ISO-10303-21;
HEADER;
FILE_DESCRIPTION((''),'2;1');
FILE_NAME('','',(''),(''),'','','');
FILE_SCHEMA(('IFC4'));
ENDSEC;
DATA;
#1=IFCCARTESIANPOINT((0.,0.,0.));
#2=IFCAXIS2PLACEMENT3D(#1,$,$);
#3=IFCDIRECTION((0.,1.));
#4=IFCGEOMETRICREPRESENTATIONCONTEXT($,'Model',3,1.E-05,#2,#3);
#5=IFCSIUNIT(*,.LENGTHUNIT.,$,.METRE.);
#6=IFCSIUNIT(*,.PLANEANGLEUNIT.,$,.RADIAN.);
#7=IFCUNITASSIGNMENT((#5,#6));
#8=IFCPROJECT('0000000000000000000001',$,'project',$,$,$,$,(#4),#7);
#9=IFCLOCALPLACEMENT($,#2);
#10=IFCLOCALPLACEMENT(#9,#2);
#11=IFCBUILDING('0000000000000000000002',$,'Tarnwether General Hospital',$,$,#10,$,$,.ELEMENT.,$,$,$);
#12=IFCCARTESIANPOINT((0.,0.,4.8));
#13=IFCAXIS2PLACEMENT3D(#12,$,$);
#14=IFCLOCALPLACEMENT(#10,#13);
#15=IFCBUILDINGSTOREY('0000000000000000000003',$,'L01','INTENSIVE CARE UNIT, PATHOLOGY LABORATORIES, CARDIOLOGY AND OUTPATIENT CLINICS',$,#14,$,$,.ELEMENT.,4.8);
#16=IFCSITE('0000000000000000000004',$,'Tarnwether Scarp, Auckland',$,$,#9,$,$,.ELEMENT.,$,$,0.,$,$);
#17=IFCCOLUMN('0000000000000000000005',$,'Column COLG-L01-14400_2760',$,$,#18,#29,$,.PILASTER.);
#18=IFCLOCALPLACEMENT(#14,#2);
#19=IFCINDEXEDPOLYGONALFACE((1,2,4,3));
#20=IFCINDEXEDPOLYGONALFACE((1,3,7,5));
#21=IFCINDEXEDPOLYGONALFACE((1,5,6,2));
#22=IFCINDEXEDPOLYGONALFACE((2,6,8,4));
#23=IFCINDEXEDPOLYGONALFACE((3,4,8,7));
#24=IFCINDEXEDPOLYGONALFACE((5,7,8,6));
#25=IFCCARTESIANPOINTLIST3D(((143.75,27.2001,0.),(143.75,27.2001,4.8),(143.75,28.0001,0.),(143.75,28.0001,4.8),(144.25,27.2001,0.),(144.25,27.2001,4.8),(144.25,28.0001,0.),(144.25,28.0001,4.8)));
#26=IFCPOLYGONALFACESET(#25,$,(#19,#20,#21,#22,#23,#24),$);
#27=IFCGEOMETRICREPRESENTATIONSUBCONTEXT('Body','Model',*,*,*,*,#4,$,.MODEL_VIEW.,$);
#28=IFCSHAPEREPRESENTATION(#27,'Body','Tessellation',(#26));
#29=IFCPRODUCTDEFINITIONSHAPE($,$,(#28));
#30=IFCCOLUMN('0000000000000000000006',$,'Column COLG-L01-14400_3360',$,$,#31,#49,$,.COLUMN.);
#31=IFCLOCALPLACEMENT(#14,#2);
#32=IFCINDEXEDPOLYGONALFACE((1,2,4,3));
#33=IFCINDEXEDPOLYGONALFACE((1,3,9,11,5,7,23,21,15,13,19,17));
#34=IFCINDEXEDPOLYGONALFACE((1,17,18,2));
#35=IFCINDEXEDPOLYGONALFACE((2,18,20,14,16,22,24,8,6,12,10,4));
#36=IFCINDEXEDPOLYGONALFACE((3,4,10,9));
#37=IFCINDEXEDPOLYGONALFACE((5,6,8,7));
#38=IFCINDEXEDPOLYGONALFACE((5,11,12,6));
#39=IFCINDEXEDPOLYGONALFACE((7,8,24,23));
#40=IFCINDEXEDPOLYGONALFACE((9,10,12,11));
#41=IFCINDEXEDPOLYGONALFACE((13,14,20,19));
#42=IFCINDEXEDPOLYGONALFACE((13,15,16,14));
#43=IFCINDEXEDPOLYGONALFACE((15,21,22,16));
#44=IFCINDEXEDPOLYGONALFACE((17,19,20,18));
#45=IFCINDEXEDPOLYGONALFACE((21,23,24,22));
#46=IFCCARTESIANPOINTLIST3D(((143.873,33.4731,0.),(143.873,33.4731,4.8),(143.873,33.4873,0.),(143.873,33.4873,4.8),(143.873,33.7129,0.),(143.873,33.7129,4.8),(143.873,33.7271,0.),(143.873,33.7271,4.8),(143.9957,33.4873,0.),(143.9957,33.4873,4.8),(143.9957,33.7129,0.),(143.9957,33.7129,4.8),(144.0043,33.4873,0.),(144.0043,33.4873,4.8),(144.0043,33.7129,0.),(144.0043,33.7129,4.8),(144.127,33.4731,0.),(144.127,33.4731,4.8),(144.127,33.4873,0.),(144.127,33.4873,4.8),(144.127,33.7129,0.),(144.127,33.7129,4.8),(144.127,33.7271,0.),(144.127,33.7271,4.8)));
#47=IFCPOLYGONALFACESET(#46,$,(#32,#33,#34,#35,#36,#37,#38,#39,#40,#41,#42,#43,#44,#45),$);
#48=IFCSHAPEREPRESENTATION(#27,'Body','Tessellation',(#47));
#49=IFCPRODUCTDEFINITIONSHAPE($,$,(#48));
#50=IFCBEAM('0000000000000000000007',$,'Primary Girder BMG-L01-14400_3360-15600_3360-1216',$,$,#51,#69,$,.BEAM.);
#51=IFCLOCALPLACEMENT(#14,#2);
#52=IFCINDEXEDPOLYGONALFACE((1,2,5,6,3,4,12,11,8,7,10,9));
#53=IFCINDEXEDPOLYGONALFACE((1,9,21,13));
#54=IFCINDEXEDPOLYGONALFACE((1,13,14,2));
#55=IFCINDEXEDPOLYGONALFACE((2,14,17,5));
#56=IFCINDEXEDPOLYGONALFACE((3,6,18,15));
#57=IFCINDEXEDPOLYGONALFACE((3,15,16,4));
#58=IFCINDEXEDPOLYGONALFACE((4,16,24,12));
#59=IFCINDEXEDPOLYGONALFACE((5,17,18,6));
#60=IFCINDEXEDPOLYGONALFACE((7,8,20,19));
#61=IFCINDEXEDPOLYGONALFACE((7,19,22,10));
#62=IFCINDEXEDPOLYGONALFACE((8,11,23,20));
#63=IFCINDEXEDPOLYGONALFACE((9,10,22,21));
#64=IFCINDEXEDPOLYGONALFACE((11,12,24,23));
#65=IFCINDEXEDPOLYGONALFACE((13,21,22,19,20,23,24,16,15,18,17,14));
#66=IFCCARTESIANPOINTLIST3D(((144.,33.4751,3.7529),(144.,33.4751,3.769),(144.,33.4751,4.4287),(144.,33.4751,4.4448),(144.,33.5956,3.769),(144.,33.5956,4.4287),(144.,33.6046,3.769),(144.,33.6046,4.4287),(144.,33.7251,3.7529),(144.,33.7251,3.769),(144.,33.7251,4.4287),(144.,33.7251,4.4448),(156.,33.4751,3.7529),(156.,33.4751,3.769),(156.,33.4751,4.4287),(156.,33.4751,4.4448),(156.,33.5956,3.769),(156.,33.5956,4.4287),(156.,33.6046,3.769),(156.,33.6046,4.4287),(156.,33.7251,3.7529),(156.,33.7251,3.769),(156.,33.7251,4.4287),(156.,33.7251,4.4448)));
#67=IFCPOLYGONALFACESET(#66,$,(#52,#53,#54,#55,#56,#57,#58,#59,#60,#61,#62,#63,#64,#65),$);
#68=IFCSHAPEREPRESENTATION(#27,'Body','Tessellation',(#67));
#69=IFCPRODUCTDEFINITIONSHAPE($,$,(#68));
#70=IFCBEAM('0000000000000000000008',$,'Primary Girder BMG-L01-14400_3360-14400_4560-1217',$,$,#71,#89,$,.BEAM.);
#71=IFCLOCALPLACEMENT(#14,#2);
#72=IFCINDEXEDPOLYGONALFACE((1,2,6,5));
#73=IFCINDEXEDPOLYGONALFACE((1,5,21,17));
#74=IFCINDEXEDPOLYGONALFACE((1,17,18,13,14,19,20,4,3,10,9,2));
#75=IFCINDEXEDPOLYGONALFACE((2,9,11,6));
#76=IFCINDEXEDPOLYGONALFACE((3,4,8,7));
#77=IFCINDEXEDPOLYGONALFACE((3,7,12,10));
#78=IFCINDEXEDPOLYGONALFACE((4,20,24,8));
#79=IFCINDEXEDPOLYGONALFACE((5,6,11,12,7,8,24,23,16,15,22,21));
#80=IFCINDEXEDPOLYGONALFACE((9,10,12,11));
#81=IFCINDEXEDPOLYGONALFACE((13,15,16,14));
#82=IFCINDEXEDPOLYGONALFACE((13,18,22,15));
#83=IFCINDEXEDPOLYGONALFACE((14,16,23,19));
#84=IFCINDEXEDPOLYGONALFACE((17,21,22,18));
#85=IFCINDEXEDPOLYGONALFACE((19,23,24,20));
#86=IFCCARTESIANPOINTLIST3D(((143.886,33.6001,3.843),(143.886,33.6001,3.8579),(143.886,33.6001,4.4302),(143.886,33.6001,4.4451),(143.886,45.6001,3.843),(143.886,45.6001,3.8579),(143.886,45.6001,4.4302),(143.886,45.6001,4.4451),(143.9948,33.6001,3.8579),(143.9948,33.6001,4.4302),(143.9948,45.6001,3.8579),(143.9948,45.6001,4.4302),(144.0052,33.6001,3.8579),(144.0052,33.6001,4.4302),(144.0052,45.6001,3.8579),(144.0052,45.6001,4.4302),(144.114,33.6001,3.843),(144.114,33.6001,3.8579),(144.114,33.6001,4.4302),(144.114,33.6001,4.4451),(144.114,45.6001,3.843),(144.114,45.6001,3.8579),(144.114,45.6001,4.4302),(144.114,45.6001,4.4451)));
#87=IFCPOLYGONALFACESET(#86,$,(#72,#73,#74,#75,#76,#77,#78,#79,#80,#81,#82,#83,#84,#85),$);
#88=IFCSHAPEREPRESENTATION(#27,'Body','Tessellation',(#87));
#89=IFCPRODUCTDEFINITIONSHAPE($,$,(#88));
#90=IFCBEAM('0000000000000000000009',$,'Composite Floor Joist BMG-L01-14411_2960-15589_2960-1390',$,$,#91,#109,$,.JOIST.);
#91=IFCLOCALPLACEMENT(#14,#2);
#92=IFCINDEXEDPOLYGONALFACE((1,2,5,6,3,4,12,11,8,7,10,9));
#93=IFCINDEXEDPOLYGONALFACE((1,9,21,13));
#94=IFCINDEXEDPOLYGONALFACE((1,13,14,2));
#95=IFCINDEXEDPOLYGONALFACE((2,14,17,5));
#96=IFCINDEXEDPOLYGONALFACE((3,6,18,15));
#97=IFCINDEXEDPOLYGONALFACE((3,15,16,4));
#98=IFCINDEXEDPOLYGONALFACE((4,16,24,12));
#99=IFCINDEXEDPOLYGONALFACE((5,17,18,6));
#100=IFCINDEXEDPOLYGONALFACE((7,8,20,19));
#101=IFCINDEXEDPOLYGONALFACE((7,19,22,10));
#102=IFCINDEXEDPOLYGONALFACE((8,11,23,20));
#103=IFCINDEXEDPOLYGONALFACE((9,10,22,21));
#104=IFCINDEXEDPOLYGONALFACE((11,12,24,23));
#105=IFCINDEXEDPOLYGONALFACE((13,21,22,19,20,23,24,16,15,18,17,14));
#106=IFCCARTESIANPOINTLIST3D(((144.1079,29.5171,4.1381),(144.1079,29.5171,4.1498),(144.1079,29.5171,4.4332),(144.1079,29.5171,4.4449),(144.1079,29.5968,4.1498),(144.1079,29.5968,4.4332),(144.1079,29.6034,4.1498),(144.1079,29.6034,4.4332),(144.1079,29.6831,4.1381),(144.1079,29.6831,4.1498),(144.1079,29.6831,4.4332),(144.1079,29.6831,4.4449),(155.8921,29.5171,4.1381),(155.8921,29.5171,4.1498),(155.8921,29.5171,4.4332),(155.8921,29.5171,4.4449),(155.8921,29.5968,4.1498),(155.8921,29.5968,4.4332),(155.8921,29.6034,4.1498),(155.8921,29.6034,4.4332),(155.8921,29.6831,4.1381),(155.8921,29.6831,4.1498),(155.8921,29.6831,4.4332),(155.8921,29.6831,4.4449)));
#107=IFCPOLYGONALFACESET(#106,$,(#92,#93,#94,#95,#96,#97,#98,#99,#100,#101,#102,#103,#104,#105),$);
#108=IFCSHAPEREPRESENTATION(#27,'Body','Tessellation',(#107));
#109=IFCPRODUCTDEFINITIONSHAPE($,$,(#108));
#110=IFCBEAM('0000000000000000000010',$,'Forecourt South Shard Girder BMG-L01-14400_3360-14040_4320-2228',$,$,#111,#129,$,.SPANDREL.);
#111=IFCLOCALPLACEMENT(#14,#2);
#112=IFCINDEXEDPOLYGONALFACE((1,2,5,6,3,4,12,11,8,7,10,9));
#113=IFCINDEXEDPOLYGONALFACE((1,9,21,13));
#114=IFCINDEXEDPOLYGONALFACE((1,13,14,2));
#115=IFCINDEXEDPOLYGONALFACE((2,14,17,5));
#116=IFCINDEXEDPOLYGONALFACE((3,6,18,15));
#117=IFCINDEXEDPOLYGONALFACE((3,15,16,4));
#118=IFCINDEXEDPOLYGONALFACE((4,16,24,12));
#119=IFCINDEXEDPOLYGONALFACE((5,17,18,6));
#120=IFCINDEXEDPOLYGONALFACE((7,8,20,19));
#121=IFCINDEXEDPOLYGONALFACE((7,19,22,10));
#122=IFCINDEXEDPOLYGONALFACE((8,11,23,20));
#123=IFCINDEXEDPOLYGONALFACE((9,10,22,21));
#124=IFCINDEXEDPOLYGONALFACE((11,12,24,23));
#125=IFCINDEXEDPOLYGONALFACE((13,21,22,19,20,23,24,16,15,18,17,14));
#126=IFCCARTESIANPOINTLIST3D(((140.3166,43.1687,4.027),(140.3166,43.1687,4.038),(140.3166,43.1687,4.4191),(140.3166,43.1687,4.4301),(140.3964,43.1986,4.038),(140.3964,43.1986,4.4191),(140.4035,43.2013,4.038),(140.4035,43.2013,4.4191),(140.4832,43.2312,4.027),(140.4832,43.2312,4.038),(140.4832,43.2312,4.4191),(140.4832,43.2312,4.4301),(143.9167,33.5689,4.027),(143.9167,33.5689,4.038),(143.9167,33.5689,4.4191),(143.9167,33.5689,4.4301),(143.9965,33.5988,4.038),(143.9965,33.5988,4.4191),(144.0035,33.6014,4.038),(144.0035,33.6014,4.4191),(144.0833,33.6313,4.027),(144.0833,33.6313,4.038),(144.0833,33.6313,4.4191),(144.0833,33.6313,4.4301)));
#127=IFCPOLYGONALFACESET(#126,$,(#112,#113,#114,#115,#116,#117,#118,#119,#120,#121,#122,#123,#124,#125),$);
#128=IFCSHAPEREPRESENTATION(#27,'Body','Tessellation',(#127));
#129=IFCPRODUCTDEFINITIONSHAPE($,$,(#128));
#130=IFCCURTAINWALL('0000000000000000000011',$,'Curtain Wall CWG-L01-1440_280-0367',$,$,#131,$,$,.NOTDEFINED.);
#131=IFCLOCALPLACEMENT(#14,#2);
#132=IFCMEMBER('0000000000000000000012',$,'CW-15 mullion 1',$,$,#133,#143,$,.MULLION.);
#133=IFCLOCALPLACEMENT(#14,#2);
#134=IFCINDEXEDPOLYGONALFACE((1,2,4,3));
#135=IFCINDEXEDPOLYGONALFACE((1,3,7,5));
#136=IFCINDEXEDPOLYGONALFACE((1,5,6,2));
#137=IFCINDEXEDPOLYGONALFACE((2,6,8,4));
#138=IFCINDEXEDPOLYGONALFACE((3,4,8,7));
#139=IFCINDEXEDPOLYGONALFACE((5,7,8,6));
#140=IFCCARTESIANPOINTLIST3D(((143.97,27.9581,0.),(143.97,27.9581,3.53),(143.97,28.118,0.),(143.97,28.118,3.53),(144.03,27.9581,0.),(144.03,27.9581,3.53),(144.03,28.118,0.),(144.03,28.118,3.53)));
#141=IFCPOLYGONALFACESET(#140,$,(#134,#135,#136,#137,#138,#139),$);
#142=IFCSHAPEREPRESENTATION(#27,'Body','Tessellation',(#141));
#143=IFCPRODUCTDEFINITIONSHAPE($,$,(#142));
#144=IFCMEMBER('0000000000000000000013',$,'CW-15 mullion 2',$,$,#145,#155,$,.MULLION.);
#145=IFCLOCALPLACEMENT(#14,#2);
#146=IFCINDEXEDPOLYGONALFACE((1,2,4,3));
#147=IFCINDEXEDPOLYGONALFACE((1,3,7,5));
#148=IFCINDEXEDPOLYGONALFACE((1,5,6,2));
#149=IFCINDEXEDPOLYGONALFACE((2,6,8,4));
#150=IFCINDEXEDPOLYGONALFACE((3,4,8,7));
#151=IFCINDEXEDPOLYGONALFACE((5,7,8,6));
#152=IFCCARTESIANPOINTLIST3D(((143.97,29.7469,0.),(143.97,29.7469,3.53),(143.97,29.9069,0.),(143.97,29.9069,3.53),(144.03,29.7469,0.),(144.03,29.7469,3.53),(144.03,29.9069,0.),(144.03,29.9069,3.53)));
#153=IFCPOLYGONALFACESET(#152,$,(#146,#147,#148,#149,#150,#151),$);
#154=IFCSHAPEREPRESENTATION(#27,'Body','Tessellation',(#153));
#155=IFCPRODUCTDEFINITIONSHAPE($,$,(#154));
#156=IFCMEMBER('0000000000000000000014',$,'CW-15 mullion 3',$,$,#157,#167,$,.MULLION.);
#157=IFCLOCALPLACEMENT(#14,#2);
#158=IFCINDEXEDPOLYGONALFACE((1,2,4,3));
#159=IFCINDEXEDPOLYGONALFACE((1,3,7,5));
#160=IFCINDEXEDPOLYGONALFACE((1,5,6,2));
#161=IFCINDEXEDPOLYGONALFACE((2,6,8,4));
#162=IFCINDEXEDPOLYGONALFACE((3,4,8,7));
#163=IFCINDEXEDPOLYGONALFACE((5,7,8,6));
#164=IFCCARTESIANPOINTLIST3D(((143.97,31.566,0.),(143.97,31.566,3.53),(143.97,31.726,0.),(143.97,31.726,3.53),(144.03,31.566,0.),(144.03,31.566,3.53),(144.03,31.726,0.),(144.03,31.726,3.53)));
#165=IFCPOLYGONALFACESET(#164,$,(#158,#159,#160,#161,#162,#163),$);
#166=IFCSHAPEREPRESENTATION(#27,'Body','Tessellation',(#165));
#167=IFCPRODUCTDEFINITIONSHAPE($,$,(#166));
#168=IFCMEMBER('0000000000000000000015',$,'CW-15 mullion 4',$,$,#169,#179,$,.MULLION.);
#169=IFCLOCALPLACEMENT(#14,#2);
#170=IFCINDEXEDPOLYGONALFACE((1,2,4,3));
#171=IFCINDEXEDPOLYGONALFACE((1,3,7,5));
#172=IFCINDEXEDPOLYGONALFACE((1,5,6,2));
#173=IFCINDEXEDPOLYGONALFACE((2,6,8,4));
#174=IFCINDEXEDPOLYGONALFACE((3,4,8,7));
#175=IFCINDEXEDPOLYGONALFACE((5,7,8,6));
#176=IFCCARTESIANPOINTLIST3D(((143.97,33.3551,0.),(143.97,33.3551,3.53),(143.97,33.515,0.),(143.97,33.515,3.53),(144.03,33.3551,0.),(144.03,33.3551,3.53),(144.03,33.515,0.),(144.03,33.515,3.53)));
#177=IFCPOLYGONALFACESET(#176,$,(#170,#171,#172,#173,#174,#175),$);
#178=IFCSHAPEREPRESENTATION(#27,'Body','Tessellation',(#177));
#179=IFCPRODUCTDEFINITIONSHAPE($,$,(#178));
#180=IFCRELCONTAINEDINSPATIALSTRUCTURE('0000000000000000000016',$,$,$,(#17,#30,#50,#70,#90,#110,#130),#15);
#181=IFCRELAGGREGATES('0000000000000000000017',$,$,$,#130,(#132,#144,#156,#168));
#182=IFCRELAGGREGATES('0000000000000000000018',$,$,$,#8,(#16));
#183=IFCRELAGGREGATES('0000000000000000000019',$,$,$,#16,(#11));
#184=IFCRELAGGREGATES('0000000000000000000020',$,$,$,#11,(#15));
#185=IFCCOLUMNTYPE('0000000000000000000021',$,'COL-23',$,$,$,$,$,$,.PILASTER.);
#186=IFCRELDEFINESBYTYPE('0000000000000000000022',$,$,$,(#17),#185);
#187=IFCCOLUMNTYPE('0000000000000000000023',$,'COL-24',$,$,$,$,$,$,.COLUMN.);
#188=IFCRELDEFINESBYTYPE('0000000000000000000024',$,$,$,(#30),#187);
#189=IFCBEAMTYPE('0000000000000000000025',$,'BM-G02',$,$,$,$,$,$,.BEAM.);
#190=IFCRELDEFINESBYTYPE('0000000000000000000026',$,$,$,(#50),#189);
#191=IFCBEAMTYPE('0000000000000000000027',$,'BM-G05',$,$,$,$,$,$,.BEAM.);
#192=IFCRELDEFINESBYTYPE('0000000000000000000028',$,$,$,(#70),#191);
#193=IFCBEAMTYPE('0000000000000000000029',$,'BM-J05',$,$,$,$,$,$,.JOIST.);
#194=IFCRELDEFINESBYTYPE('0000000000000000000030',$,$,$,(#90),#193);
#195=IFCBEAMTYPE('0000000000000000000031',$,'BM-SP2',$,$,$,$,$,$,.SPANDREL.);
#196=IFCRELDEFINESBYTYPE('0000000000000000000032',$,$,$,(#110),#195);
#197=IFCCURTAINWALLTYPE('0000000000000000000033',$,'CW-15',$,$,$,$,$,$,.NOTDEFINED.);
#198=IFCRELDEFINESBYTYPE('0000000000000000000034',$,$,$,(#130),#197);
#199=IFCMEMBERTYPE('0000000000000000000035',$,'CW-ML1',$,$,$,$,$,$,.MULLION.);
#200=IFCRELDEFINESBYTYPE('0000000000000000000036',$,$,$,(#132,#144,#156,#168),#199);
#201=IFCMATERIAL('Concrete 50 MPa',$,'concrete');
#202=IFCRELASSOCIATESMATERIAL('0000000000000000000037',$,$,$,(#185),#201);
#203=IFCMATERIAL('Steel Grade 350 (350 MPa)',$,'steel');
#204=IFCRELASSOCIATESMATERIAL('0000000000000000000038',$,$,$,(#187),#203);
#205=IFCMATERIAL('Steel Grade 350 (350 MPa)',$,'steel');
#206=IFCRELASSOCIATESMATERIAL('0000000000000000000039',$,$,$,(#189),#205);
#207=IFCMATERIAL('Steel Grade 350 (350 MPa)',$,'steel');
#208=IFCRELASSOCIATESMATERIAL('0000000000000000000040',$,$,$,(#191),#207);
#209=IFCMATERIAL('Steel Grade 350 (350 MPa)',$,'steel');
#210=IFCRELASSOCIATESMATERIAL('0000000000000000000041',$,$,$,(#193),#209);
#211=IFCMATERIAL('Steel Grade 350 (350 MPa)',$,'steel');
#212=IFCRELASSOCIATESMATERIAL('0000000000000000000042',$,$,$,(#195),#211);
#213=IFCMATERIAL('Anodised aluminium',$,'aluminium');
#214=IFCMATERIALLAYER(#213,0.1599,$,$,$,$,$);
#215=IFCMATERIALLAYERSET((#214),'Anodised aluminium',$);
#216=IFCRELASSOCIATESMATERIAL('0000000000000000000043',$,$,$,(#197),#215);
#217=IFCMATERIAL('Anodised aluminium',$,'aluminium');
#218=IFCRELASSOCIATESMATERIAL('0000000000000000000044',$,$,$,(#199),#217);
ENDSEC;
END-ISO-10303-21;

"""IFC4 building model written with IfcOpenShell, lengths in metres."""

from ifc_helpers import new_model, si_unit, direction, frame, origin, origin_2d, place, context, subcontext, project, spatial, rectangle, i_section, extrude, material, layer, layer_set, material_profile, profile_set, type_object, element, aggregate, save


model = new_model("IFC4")

# Units and contexts
model_context = context("Model", 3, precision=1e-05, world=origin(), true_north=direction((0.0, 1.0)))
body_context = subcontext(model_context, "Body", "Model", "MODEL_VIEW")
ifc_project = project(units=[si_unit("LENGTHUNIT", "METRE"), si_unit("PLANEANGLEUNIT", "RADIAN")], contexts=[model_context])

# Site, building, storey
site_placement = place(None, origin())
site = spatial("IfcSite", under=ifc_project, at=site_placement, Name="Tarnwether Scarp, Auckland", CompositionType="ELEMENT", RefElevation=0.0)
building_placement = place(site_placement, origin())
building = spatial("IfcBuilding", under=site, at=building_placement, Name="Tarnwether General Hospital", CompositionType="ELEMENT")
storey_placement = place(building_placement, frame((0.0, 0.0, 4.8)))
storey = spatial("IfcBuildingStorey", under=building, at=storey_placement, Name="L01", Description="INTENSIVE CARE UNIT, PATHOLOGY LABORATORIES, CARDIOLOGY AND OUTPATIENT CLINICS", CompositionType="ELEMENT", Elevation=4.8)

# Columns
ifc_material_1 = material(Name="Concrete 50 MPa", Category="concrete")
ifc_material_profile_1 = material_profile(ifc_material_1, rectangle(XDim=0.5, YDim=0.8, at=origin_2d()), Name="RC-PIL-500x800")
ifc_profile_set_1 = profile_set([ifc_material_profile_1], Name="Concrete 50 MPa")
column_type_1 = type_object("IfcColumnType", Name="COL-23", PredefinedType="PILASTER", material=ifc_profile_set_1)
column_1_placement = place(storey_placement, frame((144.0, 27.6001, 0.0), z_axis=(0.0, 0.0, 1.0), x_axis=(1.0, 0.0, 0.0)))
element("IfcColumn", 1, at=column_1_placement, inside=storey, type_object=column_type_1, Name="Column COLG-L01-14400_2760", PredefinedType="PILASTER", context=body_context, shape_type="SweptSolid", body=[
    extrude(rectangle(XDim=0.5, YDim=0.8, at=origin_2d()), origin(), (0.0, 0.0, 1.0), 4.8),
])
ifc_material_2 = material(Name="Steel Grade 350 (350 MPa)", Category="steel")
ifc_material_profile_2 = material_profile(ifc_material_2, i_section(OverallWidth=0.2539, OverallDepth=0.2539, WebThickness=0.0085, FlangeThickness=0.0142, at=origin_2d()), Name="250UC72.9")
ifc_profile_set_2 = profile_set([ifc_material_profile_2], Name="Steel Grade 350 (350 MPa)")
column_type_2 = type_object("IfcColumnType", Name="COL-24", PredefinedType="COLUMN", material=ifc_profile_set_2)
column_2_placement = place(storey_placement, frame((144.0, 33.6001, 0.0), z_axis=(0.0, 0.0, 1.0), x_axis=(1.0, 0.0, 0.0)))
element("IfcColumn", 2, at=column_2_placement, inside=storey, type_object=column_type_2, Name="Column COLG-L01-14400_3360", PredefinedType="COLUMN", context=body_context, shape_type="SweptSolid", body=[
    extrude(i_section(OverallWidth=0.2539, OverallDepth=0.2539, WebThickness=0.0085, FlangeThickness=0.0142, at=origin_2d()), origin(), (0.0, 0.0, 1.0), 4.8),
])

# Beams
ifc_material_3 = material(Name="Steel Grade 350 (350 MPa)", Category="steel")
ifc_material_profile_3 = material_profile(ifc_material_3, i_section(OverallWidth=0.25, OverallDepth=0.6919, WebThickness=0.009, FlangeThickness=0.0161, at=origin_2d()), Name="700WB115")
ifc_profile_set_3 = profile_set([ifc_material_profile_3], Name="Steel Grade 350 (350 MPa)")
beam_type_1 = type_object("IfcBeamType", Name="BM-G02", PredefinedType="BEAM", material=ifc_profile_set_3)
beam_1_placement = place(storey_placement, frame((144.0, 33.6001, 4.0989), z_axis=(1.0, 0.0, 0.0), x_axis=(0.0, 1.0, 0.0)))
element("IfcBeam", 3, at=beam_1_placement, inside=storey, type_object=beam_type_1, Name="Primary Girder BMG-L01-14400_3360-15600_3360-1216", PredefinedType="BEAM", context=body_context, shape_type="SweptSolid", body=[
    extrude(i_section(OverallWidth=0.25, OverallDepth=0.6919, WebThickness=0.009, FlangeThickness=0.0161, at=origin_2d()), origin(), (0.0, 0.0, 1.0), 12.0),
])
ifc_material_4 = material(Name="Steel Grade 350 (350 MPa)", Category="steel")
ifc_material_profile_4 = material_profile(ifc_material_4, i_section(OverallWidth=0.228, OverallDepth=0.6021, WebThickness=0.0105, FlangeThickness=0.0149, at=origin_2d()), Name="610UB101")
ifc_profile_set_4 = profile_set([ifc_material_profile_4], Name="Steel Grade 350 (350 MPa)")
beam_type_2 = type_object("IfcBeamType", Name="BM-G05", PredefinedType="BEAM", material=ifc_profile_set_4)
beam_2_placement = place(storey_placement, frame((144.0, 33.6001, 4.144), z_axis=(0.0, 1.0, 0.0), x_axis=(-1.0, 0.0, 0.0)))
element("IfcBeam", 4, at=beam_2_placement, inside=storey, type_object=beam_type_2, Name="Primary Girder BMG-L01-14400_3360-14400_4560-1217", PredefinedType="BEAM", context=body_context, shape_type="SweptSolid", body=[
    extrude(i_section(OverallWidth=0.228, OverallDepth=0.6021, WebThickness=0.0105, FlangeThickness=0.0149, at=origin_2d()), origin(), (0.0, 0.0, 1.0), 12.0),
])
ifc_material_5 = material(Name="Steel Grade 350 (350 MPa)", Category="steel")
ifc_material_profile_5 = material_profile(ifc_material_5, i_section(OverallWidth=0.166, OverallDepth=0.3069, WebThickness=0.0066, FlangeThickness=0.0117, at=origin_2d()), Name="310UB46.2")
ifc_profile_set_5 = profile_set([ifc_material_profile_5], Name="Steel Grade 350 (350 MPa)")
beam_type_3 = type_object("IfcBeamType", Name="BM-J05", PredefinedType="JOIST", material=ifc_profile_set_5)
beam_3_placement = place(storey_placement, frame((144.1079, 29.6001, 4.2915), z_axis=(1.0, 0.0, 0.0), x_axis=(0.0, 1.0, 0.0)))
element("IfcBeam", 5, at=beam_3_placement, inside=storey, type_object=beam_type_3, Name="Composite Floor Joist BMG-L01-14411_2960-15589_2960-1390", PredefinedType="JOIST", context=body_context, shape_type="SweptSolid", body=[
    extrude(i_section(OverallWidth=0.166, OverallDepth=0.3069, WebThickness=0.0066, FlangeThickness=0.0117, at=origin_2d()), origin(), (0.0, 0.0, 1.0), 11.7842),
])
ifc_material_6 = material(Name="Steel Grade 350 (350 MPa)", Category="steel")
ifc_material_profile_6 = material_profile(ifc_material_6, i_section(OverallWidth=0.178, OverallDepth=0.4031, WebThickness=0.0076, FlangeThickness=0.011, at=origin_2d()), Name="410UB53.7")
ifc_profile_set_6 = profile_set([ifc_material_profile_6], Name="Steel Grade 350 (350 MPa)")
beam_type_4 = type_object("IfcBeamType", Name="BM-SP2", PredefinedType="SPANDREL", material=ifc_profile_set_6)
beam_4_placement = place(storey_placement, frame((144.0, 33.6001, 4.2285), z_axis=(-0.351136, 0.936324, 0.0), x_axis=(-0.936324, -0.351136, 0.0)))
element("IfcBeam", 6, at=beam_4_placement, inside=storey, type_object=beam_type_4, Name="Forecourt South Shard Girder BMG-L01-14400_3360-14040_4320-2228", PredefinedType="SPANDREL", context=body_context, shape_type="SweptSolid", body=[
    extrude(i_section(OverallWidth=0.178, OverallDepth=0.4031, WebThickness=0.0076, FlangeThickness=0.011, at=origin_2d()), origin(), (0.0, 0.0, 1.0), 10.2527),
])

# Curtain wall, members
ifc_material_7 = material(Name="Anodised aluminium", Category="aluminium")
ifc_layer_1 = layer(ifc_material_7, 0.1599)
ifc_layer_set_1 = layer_set([ifc_layer_1], Name="Anodised aluminium")
curtain_wall_type_1 = type_object("IfcCurtainWallType", Name="CW-15", PredefinedType="NOTDEFINED", material=ifc_layer_set_1)
curtain_wall_1_placement = place(storey_placement, origin())
curtain_wall_1 = element("IfcCurtainWall", 7, at=curtain_wall_1_placement, inside=storey, type_object=curtain_wall_type_1, Name="Curtain Wall CWG-L01-1440_280-0367", PredefinedType="NOTDEFINED")
ifc_material_8 = material(Name="Anodised aluminium", Category="aluminium")
ifc_material_profile_7 = material_profile(ifc_material_8, rectangle(XDim=0.0601, YDim=0.1599, at=origin_2d()), Name="ALU-MUL-60x160")
ifc_profile_set_7 = profile_set([ifc_material_profile_7], Name="Anodised aluminium")
member_type_1 = type_object("IfcMemberType", Name="CW-ML1", PredefinedType="MULLION", material=ifc_profile_set_7)
member_1_placement = place(storey_placement, frame((144.0, 28.0381, 0.0), z_axis=(0.0, 0.0, 1.0), x_axis=(-1.0, 0.0, 0.0)))
member_1 = element("IfcMember", 8, at=member_1_placement, type_object=member_type_1, Name="CW-15 mullion 1", PredefinedType="MULLION", context=body_context, shape_type="SweptSolid", body=[
    extrude(rectangle(XDim=0.0601, YDim=0.1599, at=origin_2d()), origin(), (0.0, 0.0, 1.0), 3.53),
])
member_2_placement = place(storey_placement, frame((144.0, 29.8269, 0.0), z_axis=(0.0, 0.0, 1.0), x_axis=(-1.0, 0.0, 0.0)))
member_2 = element("IfcMember", 9, at=member_2_placement, type_object=member_type_1, Name="CW-15 mullion 2", PredefinedType="MULLION", context=body_context, shape_type="SweptSolid", body=[
    extrude(rectangle(XDim=0.0601, YDim=0.1599, at=origin_2d()), origin(), (0.0, 0.0, 1.0), 3.53),
])
member_3_placement = place(storey_placement, frame((144.0, 31.646, 0.0), z_axis=(0.0, 0.0, 1.0), x_axis=(-1.0, 0.0, 0.0)))
member_3 = element("IfcMember", 10, at=member_3_placement, type_object=member_type_1, Name="CW-15 mullion 3", PredefinedType="MULLION", context=body_context, shape_type="SweptSolid", body=[
    extrude(rectangle(XDim=0.0601, YDim=0.1599, at=origin_2d()), origin(), (0.0, 0.0, 1.0), 3.53),
])
member_4_placement = place(storey_placement, frame((144.0, 33.4351, 0.0), z_axis=(0.0, 0.0, 1.0), x_axis=(-1.0, 0.0, 0.0)))
member_4 = element("IfcMember", 11, at=member_4_placement, type_object=member_type_1, Name="CW-15 mullion 4", PredefinedType="MULLION", context=body_context, shape_type="SweptSolid", body=[
    extrude(rectangle(XDim=0.0601, YDim=0.1599, at=origin_2d()), origin(), (0.0, 0.0, 1.0), 3.53),
])

aggregate(curtain_wall_1, [member_1, member_2, member_3, member_4])

save(model, "model.ifc")
